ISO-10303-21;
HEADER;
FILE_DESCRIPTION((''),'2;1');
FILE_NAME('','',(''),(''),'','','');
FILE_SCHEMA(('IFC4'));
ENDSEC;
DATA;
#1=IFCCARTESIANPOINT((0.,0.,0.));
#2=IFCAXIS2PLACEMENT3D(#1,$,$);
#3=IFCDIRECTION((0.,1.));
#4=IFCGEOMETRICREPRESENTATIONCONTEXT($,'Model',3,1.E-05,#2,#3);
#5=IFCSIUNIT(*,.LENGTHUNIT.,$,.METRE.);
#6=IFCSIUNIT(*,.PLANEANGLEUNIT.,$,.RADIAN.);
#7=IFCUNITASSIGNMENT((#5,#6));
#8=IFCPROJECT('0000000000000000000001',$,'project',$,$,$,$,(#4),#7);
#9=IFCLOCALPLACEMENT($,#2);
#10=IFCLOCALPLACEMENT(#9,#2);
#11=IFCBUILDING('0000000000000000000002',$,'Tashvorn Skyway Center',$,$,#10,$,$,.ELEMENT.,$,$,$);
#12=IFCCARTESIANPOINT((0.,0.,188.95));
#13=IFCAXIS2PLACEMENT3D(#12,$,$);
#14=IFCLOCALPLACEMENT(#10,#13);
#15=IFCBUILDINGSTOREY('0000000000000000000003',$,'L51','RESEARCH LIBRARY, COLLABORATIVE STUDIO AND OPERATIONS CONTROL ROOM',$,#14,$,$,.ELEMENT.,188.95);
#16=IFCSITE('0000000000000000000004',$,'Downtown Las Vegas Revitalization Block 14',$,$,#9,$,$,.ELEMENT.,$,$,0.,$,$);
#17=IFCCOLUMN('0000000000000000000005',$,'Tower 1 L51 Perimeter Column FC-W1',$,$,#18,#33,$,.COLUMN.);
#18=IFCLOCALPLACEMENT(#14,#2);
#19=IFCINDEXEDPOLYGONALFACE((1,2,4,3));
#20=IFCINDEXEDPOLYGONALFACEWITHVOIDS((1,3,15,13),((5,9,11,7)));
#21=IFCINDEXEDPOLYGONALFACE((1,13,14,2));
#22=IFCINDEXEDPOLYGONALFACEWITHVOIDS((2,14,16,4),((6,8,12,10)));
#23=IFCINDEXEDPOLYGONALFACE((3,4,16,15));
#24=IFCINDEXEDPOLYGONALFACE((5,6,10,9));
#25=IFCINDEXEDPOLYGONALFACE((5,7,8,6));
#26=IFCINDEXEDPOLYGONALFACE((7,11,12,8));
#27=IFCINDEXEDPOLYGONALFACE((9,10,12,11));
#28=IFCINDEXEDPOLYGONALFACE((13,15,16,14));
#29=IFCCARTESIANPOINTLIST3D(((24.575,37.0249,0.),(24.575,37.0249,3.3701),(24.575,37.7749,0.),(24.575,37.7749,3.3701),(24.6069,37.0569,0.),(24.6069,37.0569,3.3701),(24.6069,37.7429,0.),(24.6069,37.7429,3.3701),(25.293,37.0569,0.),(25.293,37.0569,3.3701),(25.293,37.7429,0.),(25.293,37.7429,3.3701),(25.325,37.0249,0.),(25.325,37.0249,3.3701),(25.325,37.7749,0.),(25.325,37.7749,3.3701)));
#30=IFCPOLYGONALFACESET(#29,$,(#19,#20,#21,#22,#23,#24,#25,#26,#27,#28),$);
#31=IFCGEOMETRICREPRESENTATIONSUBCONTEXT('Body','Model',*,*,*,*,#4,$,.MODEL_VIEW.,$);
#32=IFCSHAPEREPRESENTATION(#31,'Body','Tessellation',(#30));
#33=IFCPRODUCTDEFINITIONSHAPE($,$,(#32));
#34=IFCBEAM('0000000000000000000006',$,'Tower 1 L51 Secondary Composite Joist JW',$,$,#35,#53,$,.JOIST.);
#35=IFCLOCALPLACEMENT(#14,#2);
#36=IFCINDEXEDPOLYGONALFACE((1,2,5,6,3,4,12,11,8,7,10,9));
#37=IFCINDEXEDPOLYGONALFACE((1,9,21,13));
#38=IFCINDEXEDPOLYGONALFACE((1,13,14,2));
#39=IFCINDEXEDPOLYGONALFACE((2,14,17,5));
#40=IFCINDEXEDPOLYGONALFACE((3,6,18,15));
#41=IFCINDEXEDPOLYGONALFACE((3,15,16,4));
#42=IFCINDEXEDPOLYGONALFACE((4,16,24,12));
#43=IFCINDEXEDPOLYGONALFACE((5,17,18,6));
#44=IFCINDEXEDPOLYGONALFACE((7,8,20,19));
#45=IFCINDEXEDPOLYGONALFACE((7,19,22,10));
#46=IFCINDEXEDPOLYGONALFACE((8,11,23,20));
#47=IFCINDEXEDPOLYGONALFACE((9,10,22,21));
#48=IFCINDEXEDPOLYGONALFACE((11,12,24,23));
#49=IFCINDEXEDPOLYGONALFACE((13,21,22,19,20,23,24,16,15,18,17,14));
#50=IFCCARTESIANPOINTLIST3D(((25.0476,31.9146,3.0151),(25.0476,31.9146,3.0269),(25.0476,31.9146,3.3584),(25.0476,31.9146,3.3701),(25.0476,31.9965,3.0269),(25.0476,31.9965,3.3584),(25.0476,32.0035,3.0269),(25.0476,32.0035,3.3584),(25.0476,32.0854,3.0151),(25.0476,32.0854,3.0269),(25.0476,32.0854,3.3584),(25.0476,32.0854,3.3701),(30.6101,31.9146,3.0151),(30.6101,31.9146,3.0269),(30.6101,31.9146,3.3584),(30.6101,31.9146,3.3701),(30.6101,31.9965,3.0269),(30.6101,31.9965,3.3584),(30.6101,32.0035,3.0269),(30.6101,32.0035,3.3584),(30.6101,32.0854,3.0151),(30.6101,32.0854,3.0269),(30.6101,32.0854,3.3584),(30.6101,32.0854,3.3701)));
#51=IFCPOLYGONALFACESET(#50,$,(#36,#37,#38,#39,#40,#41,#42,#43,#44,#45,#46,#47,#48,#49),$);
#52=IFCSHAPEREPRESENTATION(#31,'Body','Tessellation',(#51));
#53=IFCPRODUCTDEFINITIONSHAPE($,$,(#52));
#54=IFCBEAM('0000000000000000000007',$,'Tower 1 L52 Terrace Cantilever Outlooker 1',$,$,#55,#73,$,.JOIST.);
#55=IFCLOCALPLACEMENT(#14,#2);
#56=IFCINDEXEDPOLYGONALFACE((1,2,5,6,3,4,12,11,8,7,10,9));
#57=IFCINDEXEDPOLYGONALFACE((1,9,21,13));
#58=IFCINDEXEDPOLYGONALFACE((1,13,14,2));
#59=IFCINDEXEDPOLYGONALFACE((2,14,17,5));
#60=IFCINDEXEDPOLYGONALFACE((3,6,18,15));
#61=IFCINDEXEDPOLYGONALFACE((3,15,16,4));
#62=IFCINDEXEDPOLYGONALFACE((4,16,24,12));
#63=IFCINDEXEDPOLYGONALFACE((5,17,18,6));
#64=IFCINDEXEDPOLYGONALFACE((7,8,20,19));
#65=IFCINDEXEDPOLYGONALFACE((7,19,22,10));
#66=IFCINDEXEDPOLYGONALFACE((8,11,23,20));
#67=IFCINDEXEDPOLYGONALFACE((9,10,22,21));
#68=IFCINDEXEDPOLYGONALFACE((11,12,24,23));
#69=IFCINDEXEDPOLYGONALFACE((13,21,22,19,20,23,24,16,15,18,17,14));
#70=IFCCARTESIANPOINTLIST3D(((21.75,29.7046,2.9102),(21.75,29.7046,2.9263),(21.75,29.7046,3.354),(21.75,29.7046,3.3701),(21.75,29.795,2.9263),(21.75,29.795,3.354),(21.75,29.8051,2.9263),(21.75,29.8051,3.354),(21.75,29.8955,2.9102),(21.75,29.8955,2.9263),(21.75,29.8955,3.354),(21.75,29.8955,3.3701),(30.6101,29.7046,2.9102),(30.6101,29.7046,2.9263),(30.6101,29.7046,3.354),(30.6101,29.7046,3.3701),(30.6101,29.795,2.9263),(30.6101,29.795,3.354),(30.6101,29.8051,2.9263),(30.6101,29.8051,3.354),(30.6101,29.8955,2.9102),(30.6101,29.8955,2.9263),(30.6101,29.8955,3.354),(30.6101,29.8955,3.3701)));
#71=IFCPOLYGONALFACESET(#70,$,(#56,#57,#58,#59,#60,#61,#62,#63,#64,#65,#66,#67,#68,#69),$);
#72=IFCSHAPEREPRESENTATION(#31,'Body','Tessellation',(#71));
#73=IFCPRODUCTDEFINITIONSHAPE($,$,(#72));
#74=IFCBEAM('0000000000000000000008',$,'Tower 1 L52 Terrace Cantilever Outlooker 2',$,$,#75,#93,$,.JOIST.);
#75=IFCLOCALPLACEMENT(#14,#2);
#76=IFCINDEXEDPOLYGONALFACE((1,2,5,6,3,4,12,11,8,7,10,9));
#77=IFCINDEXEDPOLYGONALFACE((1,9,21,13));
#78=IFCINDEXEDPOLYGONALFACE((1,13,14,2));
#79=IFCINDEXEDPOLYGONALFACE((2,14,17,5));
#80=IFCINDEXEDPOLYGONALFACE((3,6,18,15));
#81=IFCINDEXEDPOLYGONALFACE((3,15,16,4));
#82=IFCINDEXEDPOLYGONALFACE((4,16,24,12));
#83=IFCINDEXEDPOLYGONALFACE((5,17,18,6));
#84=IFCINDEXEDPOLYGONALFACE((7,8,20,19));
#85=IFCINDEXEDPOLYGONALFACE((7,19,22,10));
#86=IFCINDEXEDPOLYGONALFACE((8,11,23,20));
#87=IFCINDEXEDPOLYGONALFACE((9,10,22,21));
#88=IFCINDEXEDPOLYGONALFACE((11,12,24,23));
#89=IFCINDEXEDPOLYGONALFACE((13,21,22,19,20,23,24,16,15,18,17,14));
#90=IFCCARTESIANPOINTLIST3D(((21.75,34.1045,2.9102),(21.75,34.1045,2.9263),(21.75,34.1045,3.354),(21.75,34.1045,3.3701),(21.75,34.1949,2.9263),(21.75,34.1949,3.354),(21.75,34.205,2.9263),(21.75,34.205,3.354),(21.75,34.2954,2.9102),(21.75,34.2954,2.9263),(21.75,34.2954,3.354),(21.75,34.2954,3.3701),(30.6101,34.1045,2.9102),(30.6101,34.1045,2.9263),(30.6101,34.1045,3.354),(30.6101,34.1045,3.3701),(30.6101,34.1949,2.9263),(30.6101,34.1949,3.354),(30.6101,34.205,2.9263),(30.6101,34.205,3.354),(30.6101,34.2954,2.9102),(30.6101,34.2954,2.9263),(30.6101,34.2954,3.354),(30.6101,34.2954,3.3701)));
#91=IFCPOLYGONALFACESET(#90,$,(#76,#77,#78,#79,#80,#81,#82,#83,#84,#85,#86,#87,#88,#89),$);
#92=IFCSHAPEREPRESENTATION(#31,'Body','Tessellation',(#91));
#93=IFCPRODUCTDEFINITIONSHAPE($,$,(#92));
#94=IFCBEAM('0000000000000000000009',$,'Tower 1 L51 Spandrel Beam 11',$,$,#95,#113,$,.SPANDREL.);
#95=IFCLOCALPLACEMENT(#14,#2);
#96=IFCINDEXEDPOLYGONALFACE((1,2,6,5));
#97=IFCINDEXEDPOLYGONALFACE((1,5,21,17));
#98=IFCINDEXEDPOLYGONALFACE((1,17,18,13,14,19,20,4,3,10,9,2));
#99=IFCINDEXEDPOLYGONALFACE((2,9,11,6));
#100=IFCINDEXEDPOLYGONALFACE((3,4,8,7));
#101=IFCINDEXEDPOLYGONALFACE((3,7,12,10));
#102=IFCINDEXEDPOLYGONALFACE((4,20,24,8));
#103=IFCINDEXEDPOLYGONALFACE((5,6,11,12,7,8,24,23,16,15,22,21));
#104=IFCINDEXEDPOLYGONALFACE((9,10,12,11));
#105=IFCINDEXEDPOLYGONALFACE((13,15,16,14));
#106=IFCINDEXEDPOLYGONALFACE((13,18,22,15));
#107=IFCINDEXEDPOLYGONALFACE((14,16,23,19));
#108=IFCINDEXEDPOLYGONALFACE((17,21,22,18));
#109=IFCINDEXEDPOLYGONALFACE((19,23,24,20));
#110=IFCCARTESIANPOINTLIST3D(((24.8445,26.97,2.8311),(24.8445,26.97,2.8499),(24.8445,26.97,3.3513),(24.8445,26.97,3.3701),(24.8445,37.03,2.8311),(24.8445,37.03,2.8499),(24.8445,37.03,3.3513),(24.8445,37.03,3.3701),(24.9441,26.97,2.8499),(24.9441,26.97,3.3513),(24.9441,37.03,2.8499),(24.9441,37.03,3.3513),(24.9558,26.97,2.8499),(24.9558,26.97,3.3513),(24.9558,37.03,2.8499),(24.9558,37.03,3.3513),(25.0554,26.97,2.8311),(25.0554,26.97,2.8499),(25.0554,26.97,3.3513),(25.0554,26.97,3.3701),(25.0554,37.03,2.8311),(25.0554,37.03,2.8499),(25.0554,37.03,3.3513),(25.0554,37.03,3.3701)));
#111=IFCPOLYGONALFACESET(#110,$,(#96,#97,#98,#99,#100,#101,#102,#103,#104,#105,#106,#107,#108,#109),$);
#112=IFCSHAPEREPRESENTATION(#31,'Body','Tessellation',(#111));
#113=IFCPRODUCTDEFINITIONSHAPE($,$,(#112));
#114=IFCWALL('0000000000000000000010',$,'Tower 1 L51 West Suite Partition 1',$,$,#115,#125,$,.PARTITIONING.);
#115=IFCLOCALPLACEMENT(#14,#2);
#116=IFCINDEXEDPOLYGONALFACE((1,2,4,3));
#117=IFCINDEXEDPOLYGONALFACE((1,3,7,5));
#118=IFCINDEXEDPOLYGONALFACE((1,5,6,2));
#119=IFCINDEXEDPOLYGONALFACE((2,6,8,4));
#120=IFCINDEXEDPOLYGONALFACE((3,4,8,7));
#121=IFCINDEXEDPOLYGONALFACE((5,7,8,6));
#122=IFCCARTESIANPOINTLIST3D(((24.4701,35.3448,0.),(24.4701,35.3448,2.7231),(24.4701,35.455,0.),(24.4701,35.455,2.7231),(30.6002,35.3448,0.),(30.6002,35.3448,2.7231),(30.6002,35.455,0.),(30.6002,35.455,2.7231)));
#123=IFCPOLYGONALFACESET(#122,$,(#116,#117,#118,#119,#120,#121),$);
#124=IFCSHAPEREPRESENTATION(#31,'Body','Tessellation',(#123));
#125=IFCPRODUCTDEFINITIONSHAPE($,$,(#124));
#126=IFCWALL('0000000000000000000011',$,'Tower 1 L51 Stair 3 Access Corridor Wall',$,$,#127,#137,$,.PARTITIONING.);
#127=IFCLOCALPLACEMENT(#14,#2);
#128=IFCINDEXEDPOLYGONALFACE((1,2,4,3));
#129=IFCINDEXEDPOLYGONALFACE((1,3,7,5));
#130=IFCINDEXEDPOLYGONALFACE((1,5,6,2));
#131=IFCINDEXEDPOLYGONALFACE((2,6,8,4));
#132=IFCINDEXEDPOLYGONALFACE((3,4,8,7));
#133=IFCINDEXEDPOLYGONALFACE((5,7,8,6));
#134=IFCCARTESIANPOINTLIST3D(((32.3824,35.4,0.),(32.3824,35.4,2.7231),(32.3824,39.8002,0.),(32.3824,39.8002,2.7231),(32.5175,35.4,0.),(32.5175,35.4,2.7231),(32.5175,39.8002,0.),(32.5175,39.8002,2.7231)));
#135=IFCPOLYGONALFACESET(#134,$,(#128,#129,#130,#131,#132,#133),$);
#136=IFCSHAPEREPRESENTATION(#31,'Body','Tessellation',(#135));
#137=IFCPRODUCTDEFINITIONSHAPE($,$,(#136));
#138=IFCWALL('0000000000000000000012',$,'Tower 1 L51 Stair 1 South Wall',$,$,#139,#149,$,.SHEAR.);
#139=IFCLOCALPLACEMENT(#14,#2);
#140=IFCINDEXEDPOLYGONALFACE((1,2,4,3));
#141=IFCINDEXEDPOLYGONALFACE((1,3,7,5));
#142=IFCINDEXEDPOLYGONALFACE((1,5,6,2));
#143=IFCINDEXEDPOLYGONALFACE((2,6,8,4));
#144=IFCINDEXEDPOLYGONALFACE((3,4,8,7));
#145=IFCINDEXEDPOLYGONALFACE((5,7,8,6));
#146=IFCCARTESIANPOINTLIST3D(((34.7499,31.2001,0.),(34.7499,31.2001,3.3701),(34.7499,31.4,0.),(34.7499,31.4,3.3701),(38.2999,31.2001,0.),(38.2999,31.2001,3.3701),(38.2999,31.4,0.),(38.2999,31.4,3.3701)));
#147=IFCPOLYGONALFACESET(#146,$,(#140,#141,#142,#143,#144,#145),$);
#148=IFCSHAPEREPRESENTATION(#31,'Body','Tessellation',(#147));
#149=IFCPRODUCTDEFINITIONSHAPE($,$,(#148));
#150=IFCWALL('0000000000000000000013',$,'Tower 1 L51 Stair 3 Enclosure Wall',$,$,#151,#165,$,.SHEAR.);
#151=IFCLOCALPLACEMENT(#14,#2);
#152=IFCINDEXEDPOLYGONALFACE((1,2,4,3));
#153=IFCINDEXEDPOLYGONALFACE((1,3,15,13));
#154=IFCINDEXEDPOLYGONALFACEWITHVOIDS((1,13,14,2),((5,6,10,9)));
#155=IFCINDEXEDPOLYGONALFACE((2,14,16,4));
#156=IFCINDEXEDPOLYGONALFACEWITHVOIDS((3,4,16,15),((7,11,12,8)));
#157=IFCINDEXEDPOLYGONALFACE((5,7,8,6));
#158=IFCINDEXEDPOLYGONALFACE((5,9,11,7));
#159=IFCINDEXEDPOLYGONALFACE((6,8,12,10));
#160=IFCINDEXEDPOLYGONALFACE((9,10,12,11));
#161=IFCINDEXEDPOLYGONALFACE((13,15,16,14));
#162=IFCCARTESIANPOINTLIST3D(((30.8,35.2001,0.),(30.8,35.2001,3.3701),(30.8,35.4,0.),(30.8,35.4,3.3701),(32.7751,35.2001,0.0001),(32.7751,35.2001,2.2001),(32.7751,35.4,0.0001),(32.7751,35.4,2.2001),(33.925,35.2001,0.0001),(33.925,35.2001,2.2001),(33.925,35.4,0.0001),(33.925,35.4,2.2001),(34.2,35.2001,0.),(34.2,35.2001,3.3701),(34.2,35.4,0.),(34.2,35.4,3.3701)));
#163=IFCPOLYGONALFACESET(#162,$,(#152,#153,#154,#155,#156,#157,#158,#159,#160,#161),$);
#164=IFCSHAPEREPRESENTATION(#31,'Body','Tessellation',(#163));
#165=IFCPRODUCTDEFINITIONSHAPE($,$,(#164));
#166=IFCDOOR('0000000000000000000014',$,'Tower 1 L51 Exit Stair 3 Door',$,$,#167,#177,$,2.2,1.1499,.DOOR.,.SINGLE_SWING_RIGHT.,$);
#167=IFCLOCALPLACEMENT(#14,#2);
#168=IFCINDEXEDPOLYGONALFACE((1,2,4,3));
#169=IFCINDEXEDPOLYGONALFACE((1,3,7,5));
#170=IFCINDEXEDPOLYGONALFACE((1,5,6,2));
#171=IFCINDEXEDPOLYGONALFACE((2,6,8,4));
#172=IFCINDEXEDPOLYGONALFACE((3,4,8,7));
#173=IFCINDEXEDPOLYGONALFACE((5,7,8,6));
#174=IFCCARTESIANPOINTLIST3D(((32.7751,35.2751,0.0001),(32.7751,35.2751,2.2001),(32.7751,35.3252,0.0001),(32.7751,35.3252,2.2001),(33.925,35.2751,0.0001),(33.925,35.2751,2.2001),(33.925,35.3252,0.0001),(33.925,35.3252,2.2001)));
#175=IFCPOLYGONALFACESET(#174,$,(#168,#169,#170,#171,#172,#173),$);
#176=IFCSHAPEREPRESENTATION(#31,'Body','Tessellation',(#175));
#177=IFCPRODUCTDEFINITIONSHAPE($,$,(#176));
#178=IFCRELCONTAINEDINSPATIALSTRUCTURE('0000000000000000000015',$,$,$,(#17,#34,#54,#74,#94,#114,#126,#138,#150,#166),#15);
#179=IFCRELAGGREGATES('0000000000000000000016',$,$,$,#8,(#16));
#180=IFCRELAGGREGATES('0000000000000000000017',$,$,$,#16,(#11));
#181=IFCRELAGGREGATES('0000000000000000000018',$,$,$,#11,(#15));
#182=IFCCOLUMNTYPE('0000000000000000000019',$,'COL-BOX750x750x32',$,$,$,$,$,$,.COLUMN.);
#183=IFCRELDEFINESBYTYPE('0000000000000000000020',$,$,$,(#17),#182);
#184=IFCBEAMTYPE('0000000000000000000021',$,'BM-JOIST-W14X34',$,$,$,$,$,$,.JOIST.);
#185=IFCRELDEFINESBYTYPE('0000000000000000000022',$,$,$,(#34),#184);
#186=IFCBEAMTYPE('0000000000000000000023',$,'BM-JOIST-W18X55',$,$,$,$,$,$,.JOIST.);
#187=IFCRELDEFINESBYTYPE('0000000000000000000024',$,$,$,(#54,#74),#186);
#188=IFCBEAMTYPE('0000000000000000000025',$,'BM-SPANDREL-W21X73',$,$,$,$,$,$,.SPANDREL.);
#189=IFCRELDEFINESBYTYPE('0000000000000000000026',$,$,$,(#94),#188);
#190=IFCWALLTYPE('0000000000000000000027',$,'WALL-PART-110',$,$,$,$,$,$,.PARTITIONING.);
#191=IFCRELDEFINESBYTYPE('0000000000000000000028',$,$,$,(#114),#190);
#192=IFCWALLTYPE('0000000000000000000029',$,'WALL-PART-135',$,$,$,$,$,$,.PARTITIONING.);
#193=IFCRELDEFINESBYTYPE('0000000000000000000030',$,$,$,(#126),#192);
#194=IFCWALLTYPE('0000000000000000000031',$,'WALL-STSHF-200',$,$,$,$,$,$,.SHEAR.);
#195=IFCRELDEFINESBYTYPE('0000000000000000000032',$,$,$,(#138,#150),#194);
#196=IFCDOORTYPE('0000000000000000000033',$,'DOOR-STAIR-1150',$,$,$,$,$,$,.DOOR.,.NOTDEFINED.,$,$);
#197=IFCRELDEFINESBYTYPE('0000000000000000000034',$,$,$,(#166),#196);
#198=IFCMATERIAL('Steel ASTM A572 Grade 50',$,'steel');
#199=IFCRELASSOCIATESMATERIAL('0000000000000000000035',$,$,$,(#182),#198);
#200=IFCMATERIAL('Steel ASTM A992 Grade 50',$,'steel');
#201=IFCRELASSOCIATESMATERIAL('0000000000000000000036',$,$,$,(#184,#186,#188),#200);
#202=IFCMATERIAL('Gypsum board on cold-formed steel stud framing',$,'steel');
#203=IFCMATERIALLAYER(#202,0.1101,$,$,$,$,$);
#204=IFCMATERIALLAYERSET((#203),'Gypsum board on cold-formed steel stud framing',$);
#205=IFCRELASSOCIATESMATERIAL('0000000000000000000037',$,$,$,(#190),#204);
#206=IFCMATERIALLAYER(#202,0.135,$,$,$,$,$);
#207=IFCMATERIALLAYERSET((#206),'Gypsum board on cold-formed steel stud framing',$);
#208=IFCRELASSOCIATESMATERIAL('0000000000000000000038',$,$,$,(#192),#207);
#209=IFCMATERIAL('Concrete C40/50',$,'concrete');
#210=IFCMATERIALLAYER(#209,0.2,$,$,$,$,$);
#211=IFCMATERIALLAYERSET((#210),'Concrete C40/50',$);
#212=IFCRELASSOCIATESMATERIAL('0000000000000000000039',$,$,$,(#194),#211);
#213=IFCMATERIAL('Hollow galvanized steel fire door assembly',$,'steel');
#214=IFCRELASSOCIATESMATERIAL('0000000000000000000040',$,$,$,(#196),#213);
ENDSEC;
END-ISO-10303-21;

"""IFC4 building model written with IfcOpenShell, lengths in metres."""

from ifc_helpers import new_model, si_unit, direction, frame, frame_2d, origin, origin_2d, place, context, subcontext, project, spatial, rectangle, hollow_rectangle, i_section, extrude, material, layer, layer_set, material_profile, profile_set, type_object, element, fill, save


model = new_model("IFC4")

# Units and contexts
model_context = context("Model", 3, precision=1e-05, world=origin(), true_north=direction((0.0, 1.0)))
body_context = subcontext(model_context, "Body", "Model", "MODEL_VIEW")
ifc_project = project(units=[si_unit("LENGTHUNIT", "METRE"), si_unit("PLANEANGLEUNIT", "RADIAN")], contexts=[model_context])

# Site, building, storey
site_placement = place(None, origin())
site = spatial("IfcSite", under=ifc_project, at=site_placement, Name="Downtown Las Vegas Revitalization Block 14", CompositionType="ELEMENT", RefElevation=0.0)
building_placement = place(site_placement, origin())
building = spatial("IfcBuilding", under=site, at=building_placement, Name="Tashvorn Skyway Center", CompositionType="ELEMENT")
storey_placement = place(building_placement, frame((0.0, 0.0, 188.95)))
storey = spatial("IfcBuildingStorey", under=building, at=storey_placement, Name="L51", Description="RESEARCH LIBRARY, COLLABORATIVE STUDIO AND OPERATIONS CONTROL ROOM", CompositionType="ELEMENT", Elevation=188.95)

# Column
ifc_material_1 = material(Name="Steel ASTM A572 Grade 50", Category="steel")
ifc_material_profile_1 = material_profile(ifc_material_1, hollow_rectangle(XDim=0.75, YDim=0.75, WallThickness=0.032, at=origin_2d()), Name="BOX750x750x32")
ifc_profile_set_1 = profile_set([ifc_material_profile_1], Name="Steel ASTM A572 Grade 50")
column_type = type_object("IfcColumnType", Name="COL-BOX750x750x32", PredefinedType="COLUMN", material=ifc_profile_set_1)
column_placement = place(storey_placement, frame((24.95, 37.3999, 0.0), z_axis=(0.0, 0.0, 1.0), x_axis=(1.0, 0.0, 0.0)))
element("IfcColumn", 1, at=column_placement, inside=storey, type_object=column_type, Name="Tower 1 L51 Perimeter Column FC-W1", PredefinedType="COLUMN", context=body_context, shape_type="SweptSolid", body=[
    extrude(hollow_rectangle(XDim=0.75, YDim=0.75, WallThickness=0.032, at=origin_2d()), origin(), (0.0, 0.0, 1.0), 3.3701),
])

# Beams
ifc_material_2 = material(Name="Steel ASTM A992 Grade 50", Category="steel")
ifc_material_profile_2 = material_profile(ifc_material_2, i_section(OverallWidth=0.1709, OverallDepth=0.355, WebThickness=0.0071, FlangeThickness=0.0117, at=origin_2d()), Name="W14X34")
ifc_profile_set_2 = profile_set([ifc_material_profile_2], Name="Steel ASTM A992 Grade 50")
beam_type_1 = type_object("IfcBeamType", Name="BM-JOIST-W14X34", PredefinedType="JOIST", material=ifc_profile_set_2)
beam_1_placement = place(storey_placement, frame((30.6101, 32.0, 3.1926), z_axis=(-1.0, 0.0, 0.0), x_axis=(0.0, -1.0, 0.0)))
element("IfcBeam", 2, at=beam_1_placement, inside=storey, type_object=beam_type_1, Name="Tower 1 L51 Secondary Composite Joist JW", PredefinedType="JOIST", context=body_context, shape_type="SweptSolid", body=[
    extrude(i_section(OverallWidth=0.1709, OverallDepth=0.355, WebThickness=0.0071, FlangeThickness=0.0117, at=origin_2d()), origin(), (0.0, 0.0, 1.0), 5.5625),
])
ifc_material_profile_3 = material_profile(ifc_material_2, i_section(OverallWidth=0.1909, OverallDepth=0.46, WebThickness=0.01, FlangeThickness=0.0161, at=origin_2d()), Name="W18X55")
ifc_profile_set_3 = profile_set([ifc_material_profile_3], Name="Steel ASTM A992 Grade 50")
beam_type_2 = type_object("IfcBeamType", Name="BM-JOIST-W18X55", PredefinedType="JOIST", material=ifc_profile_set_3)
for number, where, z_axis, x_axis, name in (
    (3, (30.6101, 29.8, 3.1401), (-1.0, 0.0, 0.0), (0.0, -1.0, 0.0), "Tower 1 L52 Terrace Cantilever Outlooker 1"),
    (4, (30.6101, 34.2, 3.1401), (-1.0, 0.0, 0.0), (0.0, -1.0, 0.0), "Tower 1 L52 Terrace Cantilever Outlooker 2"),
):
    element("IfcBeam", number, at=place(storey_placement, frame(where, z_axis=z_axis, x_axis=x_axis)), inside=storey, type_object=beam_type_2, Name=name, PredefinedType="JOIST", context=body_context, shape_type="SweptSolid", body=[
        extrude(i_section(OverallWidth=0.1909, OverallDepth=0.46, WebThickness=0.01, FlangeThickness=0.0161, at=origin_2d()), origin(), (0.0, 0.0, 1.0), 8.8601),
    ])
ifc_material_profile_4 = material_profile(ifc_material_2, i_section(OverallWidth=0.2109, OverallDepth=0.5391, WebThickness=0.0117, FlangeThickness=0.0188, at=origin_2d()), Name="W21X73")
ifc_profile_set_4 = profile_set([ifc_material_profile_4], Name="Steel ASTM A992 Grade 50")
beam_type_3 = type_object("IfcBeamType", Name="BM-SPANDREL-W21X73", PredefinedType="SPANDREL", material=ifc_profile_set_4)
beam_2_placement = place(storey_placement, frame((24.95, 37.03, 3.1006), z_axis=(0.0, -1.0, 0.0), x_axis=(1.0, 0.0, 0.0)))
element("IfcBeam", 5, at=beam_2_placement, inside=storey, type_object=beam_type_3, Name="Tower 1 L51 Spandrel Beam 11", PredefinedType="SPANDREL", context=body_context, shape_type="SweptSolid", body=[
    extrude(i_section(OverallWidth=0.2109, OverallDepth=0.5391, WebThickness=0.0117, FlangeThickness=0.0188, at=origin_2d()), origin(), (0.0, 0.0, 1.0), 10.0601),
])

# Walls
ifc_material_3 = material(Name="Gypsum board on cold-formed steel stud framing", Category="steel")
ifc_layer_1 = layer(ifc_material_3, 0.1101)
ifc_layer_set_1 = layer_set([ifc_layer_1], Name="Gypsum board on cold-formed steel stud framing")
wall_type_1 = type_object("IfcWallType", Name="WALL-PART-110", PredefinedType="PARTITIONING", material=ifc_layer_set_1)
wall_1_placement = place(storey_placement, frame((30.6001, 35.3999, 0.0), z_axis=(0.0, 0.0, 1.0), x_axis=(-1.0, 0.0, 0.0)))
element("IfcWall", 6, at=wall_1_placement, inside=storey, type_object=wall_type_1, Name="Tower 1 L51 West Suite Partition 1", PredefinedType="PARTITIONING", context=body_context, shape_type="SweptSolid", body=[
    extrude(rectangle(XDim=6.1301, YDim=0.1101, at=frame_2d((3.0649, 0.0))), origin(), (0.0, 0.0, 1.0), 2.7231),
])
ifc_layer_2 = layer(ifc_material_3, 0.135)
ifc_layer_set_2 = layer_set([ifc_layer_2], Name="Gypsum board on cold-formed steel stud framing")
wall_type_2 = type_object("IfcWallType", Name="WALL-PART-135", PredefinedType="PARTITIONING", material=ifc_layer_set_2)
wall_2_placement = place(storey_placement, frame((32.45, 35.3999, 0.0), z_axis=(0.0, 0.0, 1.0), x_axis=(0.0, 1.0, 0.0)))
element("IfcWall", 7, at=wall_2_placement, inside=storey, type_object=wall_type_2, Name="Tower 1 L51 Stair 3 Access Corridor Wall", PredefinedType="PARTITIONING", context=body_context, shape_type="SweptSolid", body=[
    extrude(rectangle(XDim=4.4001, YDim=0.135, at=frame_2d((2.2002, 0.0))), origin(), (0.0, 0.0, 1.0), 2.7231),
])
ifc_material_4 = material(Name="Concrete C40/50", Category="concrete")
ifc_layer_3 = layer(ifc_material_4, 0.2)
ifc_layer_set_3 = layer_set([ifc_layer_3], Name="Concrete C40/50")
wall_type_3 = type_object("IfcWallType", Name="WALL-STSHF-200", PredefinedType="SHEAR", material=ifc_layer_set_3)
wall_3_placement = place(storey_placement, frame((34.75, 31.3, 0.0), z_axis=(0.0, 0.0, 1.0), x_axis=(1.0, 0.0, 0.0)))
element("IfcWall", 8, at=wall_3_placement, inside=storey, type_object=wall_type_3, Name="Tower 1 L51 Stair 1 South Wall", PredefinedType="SHEAR", context=body_context, shape_type="SweptSolid", body=[
    extrude(rectangle(XDim=3.55, YDim=0.2, at=frame_2d((1.7749, 0.0))), origin(), (0.0, 0.0, 1.0), 3.3701),
])

# Wall, opening, door
wall_4_placement = place(storey_placement, frame((34.2, 35.3, 0.0), z_axis=(0.0, 0.0, 1.0), x_axis=(-1.0, 0.0, 0.0)))
wall_4 = element("IfcWall", 9, at=wall_4_placement, inside=storey, type_object=wall_type_3, Name="Tower 1 L51 Stair 3 Enclosure Wall", PredefinedType="SHEAR", context=body_context, shape_type="SweptSolid", body=[
    extrude(rectangle(XDim=3.3999, YDim=0.2, at=frame_2d((1.7, 0.0))), origin(), (0.0, 0.0, 1.0), 3.3701),
])
opening_placement = place(wall_4_placement, frame((0.2749, 0.0, 0.0)))
opening = element("IfcOpeningElement", 10, at=opening_placement, cuts=wall_4, PredefinedType="OPENING", context=body_context, shape_type="SweptSolid", body=[
    extrude(rectangle(XDim=1.1499, YDim=2.2, at=frame_2d((0.575, 1.1001))), frame((0.0, 0.1099, 0.0), z_axis=(0.0, -1.0, 0.0), x_axis=(1.0, 0.0, 0.0)), (0.0, 0.0, 1.0), 0.22),
])
ifc_material_5 = material(Name="Hollow galvanized steel fire door assembly", Category="steel")
door_type = type_object("IfcDoorType", Name="DOOR-STAIR-1150", OperationType="NOTDEFINED", PredefinedType="DOOR", material=ifc_material_5)
door_placement = place(opening_placement, origin())
door = element("IfcDoor", 11, at=door_placement, inside=storey, type_object=door_type, Name="Tower 1 L51 Exit Stair 3 Door", OperationType="SINGLE_SWING_RIGHT", OverallHeight=2.2, OverallWidth=1.1499, PredefinedType="DOOR", context=body_context, shape_type="SweptSolid", body=[
    extrude(rectangle(XDim=1.1499, YDim=2.2, at=frame_2d((0.575, 1.1001))), frame((0.0, 0.0249, 0.0), z_axis=(0.0, -1.0, 0.0), x_axis=(1.0, 0.0, 0.0)), (0.0, 0.0, 1.0), 0.05),
])
fill(opening, door)

save(model, "model.ifc")
